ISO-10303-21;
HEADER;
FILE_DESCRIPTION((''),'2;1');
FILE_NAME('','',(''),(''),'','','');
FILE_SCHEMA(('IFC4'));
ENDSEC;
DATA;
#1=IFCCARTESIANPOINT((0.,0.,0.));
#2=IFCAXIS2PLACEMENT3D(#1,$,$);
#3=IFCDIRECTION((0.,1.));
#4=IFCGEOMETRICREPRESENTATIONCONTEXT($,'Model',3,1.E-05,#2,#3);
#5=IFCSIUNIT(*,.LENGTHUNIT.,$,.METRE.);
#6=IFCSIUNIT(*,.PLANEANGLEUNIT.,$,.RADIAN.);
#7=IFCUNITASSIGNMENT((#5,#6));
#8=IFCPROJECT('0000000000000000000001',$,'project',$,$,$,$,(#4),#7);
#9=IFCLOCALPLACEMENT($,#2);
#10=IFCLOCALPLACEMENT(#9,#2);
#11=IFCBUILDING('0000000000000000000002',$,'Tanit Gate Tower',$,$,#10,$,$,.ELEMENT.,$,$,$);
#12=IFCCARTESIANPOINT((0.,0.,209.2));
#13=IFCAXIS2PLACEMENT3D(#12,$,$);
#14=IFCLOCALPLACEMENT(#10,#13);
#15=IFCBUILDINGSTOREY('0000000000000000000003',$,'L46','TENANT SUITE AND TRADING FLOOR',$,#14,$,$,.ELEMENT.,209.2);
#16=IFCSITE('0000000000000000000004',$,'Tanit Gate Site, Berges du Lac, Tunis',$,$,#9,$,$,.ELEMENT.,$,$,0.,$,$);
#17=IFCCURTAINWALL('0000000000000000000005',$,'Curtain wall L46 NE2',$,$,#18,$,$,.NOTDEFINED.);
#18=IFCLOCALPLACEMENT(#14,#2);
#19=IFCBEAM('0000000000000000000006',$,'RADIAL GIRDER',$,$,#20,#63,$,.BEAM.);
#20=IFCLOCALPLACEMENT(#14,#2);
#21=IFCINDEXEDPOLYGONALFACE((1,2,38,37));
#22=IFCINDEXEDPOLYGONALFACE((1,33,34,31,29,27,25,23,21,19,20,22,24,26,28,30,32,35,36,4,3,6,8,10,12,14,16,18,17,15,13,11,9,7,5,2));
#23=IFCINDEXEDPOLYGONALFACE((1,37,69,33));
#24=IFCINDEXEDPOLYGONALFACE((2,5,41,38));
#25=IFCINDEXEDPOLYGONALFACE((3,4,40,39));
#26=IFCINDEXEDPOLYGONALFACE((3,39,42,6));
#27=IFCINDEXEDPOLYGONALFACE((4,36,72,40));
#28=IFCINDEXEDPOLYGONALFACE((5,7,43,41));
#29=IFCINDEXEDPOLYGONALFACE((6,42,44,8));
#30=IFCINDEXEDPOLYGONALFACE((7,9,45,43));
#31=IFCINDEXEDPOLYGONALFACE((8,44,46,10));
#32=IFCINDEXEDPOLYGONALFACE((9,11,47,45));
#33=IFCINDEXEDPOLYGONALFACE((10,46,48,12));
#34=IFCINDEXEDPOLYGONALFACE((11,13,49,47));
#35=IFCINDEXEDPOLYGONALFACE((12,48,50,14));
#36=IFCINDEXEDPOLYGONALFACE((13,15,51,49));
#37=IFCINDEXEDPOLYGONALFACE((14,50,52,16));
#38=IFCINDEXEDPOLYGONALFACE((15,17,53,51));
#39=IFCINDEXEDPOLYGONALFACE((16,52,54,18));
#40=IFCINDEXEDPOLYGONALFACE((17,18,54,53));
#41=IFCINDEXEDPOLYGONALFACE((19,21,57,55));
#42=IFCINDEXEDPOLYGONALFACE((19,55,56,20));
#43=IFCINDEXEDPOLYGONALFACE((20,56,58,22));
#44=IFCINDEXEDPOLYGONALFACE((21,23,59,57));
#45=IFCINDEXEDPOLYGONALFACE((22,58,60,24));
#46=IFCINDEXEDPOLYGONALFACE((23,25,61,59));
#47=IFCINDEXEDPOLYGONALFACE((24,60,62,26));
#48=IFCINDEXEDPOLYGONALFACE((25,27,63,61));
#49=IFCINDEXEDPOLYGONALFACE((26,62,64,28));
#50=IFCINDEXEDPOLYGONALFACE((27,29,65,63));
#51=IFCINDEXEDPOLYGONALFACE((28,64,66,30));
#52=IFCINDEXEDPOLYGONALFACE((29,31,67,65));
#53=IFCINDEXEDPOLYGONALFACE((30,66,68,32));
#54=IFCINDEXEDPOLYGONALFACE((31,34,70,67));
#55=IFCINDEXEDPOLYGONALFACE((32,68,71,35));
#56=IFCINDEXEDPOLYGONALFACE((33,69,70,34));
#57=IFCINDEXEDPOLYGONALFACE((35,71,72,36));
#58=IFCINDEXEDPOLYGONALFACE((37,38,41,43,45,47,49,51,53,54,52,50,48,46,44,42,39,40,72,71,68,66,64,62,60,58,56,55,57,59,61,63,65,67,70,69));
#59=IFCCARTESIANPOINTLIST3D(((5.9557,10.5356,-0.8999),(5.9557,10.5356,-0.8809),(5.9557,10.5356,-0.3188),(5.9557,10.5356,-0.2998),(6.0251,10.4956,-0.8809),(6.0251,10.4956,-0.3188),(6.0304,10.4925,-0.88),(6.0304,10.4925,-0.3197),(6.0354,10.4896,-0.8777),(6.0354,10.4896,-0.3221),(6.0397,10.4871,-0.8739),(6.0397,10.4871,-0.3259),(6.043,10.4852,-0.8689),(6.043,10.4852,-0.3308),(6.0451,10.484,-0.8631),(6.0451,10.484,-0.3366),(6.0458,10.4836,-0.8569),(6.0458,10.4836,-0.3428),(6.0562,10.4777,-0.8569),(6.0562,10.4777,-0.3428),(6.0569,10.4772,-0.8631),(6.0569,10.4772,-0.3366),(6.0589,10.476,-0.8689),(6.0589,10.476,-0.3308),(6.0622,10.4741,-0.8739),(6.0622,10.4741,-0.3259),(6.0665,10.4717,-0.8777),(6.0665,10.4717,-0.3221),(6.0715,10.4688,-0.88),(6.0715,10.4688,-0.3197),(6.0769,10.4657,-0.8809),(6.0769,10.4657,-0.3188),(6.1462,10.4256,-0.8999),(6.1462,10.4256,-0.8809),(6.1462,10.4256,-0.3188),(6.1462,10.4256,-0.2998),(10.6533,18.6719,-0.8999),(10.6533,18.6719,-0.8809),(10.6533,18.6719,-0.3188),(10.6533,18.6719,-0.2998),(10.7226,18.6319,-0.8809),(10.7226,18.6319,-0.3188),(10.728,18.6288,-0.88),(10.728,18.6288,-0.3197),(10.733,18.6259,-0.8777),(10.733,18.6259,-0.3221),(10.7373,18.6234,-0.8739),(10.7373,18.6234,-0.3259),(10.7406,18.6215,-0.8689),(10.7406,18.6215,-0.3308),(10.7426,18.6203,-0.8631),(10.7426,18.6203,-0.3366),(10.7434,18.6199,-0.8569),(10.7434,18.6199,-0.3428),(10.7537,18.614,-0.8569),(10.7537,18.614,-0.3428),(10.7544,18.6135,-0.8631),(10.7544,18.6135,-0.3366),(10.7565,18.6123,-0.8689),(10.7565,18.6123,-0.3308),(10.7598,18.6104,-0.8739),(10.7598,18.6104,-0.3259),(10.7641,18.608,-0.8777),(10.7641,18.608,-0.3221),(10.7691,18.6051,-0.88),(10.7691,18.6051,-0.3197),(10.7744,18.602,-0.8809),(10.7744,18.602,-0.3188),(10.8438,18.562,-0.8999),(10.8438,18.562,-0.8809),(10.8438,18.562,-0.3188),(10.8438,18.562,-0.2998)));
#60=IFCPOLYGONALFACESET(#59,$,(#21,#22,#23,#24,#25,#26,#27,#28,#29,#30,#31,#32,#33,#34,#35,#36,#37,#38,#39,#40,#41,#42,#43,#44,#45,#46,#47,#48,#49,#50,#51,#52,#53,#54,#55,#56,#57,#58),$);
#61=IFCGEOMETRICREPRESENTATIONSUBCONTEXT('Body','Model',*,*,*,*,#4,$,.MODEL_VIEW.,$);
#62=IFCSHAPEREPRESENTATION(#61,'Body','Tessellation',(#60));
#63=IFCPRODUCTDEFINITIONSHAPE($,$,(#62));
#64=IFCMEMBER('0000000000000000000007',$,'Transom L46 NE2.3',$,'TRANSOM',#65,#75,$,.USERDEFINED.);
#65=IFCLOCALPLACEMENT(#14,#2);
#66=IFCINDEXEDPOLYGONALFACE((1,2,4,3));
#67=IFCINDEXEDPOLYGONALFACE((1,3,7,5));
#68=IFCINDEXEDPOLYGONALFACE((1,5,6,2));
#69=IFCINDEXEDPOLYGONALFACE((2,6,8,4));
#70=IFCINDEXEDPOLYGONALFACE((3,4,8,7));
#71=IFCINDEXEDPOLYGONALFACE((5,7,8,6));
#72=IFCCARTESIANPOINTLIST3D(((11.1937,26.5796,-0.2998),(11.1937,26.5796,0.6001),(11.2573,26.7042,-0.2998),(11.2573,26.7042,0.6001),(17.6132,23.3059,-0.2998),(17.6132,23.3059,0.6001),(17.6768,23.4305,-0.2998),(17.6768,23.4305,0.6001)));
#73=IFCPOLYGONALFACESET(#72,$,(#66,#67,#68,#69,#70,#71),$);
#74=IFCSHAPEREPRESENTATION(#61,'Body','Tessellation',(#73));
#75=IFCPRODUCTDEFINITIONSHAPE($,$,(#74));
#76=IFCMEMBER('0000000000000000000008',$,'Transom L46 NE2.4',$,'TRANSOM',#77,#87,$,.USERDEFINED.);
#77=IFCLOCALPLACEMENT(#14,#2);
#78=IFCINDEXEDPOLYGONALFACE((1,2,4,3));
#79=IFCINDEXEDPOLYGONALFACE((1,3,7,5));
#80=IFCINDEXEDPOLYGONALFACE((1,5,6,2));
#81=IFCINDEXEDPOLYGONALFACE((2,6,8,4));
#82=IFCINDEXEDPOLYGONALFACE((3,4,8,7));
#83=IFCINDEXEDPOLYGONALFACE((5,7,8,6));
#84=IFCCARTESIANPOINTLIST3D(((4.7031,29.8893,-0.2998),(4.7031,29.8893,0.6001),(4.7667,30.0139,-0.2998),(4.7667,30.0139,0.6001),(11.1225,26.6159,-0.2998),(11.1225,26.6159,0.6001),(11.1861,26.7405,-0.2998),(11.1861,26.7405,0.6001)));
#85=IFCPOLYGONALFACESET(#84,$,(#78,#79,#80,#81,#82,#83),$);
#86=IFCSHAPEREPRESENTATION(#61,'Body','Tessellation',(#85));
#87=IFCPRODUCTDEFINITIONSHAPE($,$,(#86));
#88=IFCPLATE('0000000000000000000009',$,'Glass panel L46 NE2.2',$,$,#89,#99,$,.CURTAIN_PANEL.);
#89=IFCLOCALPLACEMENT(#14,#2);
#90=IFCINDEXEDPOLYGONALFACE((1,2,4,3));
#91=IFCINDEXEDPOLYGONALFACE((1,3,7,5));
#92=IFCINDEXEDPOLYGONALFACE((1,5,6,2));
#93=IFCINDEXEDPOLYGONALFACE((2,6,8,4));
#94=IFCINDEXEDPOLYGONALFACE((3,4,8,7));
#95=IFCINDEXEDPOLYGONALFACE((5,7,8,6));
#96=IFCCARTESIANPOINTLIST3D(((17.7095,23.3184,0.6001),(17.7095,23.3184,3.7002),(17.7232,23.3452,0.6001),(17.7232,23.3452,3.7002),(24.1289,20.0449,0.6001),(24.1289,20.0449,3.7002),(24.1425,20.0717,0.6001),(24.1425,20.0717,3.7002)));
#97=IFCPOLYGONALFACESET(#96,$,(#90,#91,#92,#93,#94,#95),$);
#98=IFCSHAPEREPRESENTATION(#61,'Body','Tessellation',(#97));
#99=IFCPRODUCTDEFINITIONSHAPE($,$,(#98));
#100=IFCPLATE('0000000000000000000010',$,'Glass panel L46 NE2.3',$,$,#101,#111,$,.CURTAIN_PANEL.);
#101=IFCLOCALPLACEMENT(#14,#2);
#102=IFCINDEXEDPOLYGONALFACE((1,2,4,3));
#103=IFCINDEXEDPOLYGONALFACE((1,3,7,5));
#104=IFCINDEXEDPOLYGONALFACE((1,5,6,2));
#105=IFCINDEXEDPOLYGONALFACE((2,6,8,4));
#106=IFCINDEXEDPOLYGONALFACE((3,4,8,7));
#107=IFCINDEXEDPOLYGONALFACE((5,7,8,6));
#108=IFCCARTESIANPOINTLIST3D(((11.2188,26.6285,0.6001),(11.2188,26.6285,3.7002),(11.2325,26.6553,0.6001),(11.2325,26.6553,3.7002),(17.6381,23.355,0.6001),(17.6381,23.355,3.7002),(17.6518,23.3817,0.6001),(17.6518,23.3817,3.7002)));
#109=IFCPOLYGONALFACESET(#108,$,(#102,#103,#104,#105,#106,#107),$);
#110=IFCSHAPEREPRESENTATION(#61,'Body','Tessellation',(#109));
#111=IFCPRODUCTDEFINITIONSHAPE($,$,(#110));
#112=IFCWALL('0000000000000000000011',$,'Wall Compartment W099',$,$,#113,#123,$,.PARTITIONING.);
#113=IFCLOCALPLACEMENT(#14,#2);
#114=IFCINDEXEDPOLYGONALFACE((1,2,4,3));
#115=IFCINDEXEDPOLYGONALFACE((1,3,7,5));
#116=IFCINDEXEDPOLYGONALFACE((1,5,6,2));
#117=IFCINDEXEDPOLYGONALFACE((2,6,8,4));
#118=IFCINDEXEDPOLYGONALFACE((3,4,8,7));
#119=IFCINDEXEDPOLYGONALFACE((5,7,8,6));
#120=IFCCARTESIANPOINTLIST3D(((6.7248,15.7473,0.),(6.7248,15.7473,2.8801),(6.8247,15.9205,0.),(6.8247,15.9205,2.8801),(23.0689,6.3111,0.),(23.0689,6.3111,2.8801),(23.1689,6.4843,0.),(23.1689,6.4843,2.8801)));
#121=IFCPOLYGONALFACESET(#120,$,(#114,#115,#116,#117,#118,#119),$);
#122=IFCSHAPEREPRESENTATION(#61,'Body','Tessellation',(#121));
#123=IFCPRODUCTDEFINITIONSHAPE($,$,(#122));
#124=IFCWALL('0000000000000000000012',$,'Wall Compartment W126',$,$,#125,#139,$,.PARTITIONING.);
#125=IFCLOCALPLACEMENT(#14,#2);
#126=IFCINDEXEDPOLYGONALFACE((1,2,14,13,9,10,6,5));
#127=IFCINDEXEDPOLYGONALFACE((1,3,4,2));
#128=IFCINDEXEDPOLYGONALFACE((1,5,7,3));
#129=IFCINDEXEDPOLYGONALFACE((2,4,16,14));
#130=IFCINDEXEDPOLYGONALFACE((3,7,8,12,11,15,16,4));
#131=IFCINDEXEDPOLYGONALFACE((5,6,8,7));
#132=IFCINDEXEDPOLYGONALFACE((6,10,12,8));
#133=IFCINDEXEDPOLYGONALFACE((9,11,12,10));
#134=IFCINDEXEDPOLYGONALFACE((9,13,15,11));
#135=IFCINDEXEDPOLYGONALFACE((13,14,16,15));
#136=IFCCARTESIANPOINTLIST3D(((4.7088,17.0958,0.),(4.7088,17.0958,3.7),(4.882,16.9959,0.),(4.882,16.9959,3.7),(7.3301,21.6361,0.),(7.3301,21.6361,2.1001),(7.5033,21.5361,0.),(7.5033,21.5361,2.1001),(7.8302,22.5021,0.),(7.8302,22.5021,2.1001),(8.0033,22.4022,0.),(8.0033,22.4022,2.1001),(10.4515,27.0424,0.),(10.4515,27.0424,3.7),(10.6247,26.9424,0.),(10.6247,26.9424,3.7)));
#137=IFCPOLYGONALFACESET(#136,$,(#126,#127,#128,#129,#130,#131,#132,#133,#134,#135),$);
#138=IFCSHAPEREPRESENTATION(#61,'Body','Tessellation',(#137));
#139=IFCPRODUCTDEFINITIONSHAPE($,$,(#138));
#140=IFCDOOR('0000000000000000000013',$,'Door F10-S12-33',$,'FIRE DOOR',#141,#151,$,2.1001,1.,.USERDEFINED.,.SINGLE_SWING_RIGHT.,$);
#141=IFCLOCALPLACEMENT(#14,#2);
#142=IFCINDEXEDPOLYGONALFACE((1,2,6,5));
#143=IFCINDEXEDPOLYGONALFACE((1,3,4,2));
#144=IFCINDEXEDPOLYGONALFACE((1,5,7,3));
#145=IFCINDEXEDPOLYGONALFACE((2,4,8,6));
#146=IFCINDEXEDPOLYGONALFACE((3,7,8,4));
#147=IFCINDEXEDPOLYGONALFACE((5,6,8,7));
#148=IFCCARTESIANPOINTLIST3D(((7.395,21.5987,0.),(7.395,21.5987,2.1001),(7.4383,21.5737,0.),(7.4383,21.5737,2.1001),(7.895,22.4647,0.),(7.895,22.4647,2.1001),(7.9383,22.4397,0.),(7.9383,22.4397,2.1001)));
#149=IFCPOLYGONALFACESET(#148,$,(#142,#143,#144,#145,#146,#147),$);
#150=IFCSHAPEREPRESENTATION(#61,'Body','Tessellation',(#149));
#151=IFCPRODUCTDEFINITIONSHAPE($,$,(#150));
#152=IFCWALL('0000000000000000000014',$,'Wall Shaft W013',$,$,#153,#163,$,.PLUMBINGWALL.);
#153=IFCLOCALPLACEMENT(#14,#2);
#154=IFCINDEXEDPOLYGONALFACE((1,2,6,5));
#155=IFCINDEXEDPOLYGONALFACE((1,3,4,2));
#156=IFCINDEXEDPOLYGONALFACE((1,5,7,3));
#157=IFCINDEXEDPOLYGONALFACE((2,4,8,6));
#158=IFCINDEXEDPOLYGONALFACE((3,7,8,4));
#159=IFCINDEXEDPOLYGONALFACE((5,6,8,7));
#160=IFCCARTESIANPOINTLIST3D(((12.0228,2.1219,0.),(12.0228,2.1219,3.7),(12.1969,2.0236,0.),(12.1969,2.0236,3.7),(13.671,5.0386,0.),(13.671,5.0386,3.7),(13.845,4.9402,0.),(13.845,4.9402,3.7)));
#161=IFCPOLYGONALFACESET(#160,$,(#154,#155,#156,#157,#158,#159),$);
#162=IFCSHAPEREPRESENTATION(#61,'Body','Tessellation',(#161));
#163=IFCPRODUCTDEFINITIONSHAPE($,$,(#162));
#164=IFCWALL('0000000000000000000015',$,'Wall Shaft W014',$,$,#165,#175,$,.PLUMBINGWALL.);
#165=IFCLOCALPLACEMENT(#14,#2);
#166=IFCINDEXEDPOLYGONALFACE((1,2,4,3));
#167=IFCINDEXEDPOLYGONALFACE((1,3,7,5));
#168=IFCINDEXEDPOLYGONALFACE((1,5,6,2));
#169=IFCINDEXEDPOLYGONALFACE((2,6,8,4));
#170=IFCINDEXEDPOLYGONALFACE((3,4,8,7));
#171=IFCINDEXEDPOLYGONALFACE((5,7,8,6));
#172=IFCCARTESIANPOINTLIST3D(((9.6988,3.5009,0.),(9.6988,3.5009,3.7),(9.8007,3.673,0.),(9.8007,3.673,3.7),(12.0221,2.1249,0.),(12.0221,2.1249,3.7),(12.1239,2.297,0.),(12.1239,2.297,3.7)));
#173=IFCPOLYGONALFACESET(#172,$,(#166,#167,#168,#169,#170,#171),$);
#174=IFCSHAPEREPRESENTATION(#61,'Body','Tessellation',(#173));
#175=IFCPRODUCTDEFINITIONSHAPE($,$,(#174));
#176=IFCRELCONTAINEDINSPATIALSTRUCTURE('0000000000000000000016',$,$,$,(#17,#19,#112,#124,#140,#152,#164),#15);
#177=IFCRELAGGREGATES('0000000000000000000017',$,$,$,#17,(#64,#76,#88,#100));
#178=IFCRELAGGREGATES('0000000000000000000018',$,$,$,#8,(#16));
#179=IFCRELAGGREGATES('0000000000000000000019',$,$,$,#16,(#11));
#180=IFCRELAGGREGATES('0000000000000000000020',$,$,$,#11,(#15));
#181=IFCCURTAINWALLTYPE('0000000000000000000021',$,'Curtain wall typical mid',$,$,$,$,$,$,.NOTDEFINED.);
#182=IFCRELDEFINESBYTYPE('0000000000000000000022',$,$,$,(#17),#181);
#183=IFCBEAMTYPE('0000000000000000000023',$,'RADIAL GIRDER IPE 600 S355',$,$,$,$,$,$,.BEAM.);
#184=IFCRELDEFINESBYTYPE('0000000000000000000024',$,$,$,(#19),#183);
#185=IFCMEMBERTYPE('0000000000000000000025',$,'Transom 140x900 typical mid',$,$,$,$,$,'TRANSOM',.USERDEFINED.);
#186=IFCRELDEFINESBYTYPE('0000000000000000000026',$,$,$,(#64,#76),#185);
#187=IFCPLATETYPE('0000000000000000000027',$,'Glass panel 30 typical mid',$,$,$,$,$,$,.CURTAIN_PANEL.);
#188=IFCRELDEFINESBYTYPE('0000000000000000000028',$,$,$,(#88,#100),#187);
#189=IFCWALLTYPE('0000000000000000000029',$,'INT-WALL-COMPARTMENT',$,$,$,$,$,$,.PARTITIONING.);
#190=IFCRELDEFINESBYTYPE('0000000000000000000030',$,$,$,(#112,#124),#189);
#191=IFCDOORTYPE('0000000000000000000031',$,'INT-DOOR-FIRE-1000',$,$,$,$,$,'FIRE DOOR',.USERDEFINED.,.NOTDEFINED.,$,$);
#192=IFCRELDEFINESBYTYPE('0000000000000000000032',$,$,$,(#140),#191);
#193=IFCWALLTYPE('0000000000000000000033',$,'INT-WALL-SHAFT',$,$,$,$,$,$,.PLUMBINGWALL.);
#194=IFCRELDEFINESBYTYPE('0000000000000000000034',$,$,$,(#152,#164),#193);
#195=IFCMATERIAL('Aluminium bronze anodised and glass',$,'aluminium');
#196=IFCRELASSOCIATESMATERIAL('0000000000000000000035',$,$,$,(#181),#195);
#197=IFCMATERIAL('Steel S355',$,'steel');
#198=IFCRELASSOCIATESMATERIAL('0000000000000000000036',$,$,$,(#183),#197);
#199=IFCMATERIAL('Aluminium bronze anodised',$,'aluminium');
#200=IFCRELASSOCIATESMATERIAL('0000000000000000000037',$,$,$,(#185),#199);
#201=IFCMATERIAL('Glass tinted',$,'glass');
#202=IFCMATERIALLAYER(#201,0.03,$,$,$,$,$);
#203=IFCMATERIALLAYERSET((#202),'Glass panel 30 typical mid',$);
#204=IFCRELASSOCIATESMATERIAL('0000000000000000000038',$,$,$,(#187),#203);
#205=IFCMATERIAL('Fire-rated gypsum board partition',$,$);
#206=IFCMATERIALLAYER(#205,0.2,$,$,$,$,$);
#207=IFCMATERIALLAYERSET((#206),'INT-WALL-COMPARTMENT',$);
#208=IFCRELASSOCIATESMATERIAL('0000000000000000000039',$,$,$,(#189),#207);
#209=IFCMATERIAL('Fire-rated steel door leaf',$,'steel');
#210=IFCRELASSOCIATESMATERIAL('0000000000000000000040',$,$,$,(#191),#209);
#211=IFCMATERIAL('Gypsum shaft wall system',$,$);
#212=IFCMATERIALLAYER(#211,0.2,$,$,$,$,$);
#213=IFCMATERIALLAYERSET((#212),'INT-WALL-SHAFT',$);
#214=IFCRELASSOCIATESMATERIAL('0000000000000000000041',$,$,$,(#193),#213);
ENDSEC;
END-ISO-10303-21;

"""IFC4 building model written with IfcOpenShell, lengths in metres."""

from ifc_helpers import new_model, si_unit, direction, frame, frame_2d, origin, origin_2d, place, context, subcontext, project, spatial, rectangle, i_section, extrude, material, layer, layer_set, material_profile, profile_set, type_object, element, fill, aggregate, save


model = new_model("IFC4")

# Units and contexts
model_context = context("Model", 3, precision=1e-05, world=origin(), true_north=direction((0.0, 1.0)))
body_context = subcontext(model_context, "Body", "Model", "MODEL_VIEW")
ifc_project = project(units=[si_unit("LENGTHUNIT", "METRE"), si_unit("PLANEANGLEUNIT", "RADIAN")], contexts=[model_context])

# Site, building, storey
site_placement = place(None, origin())
site = spatial("IfcSite", under=ifc_project, at=site_placement, Name="Tanit Gate Site, Berges du Lac, Tunis", CompositionType="ELEMENT", RefElevation=0.0)
building_placement = place(site_placement, origin())
building = spatial("IfcBuilding", under=site, at=building_placement, Name="Tanit Gate Tower", CompositionType="ELEMENT")
storey_placement = place(building_placement, frame((0.0, 0.0, 209.2)))
storey = spatial("IfcBuildingStorey", under=building, at=storey_placement, Name="L46", Description="TENANT SUITE AND TRADING FLOOR", CompositionType="ELEMENT", Elevation=209.2)

# Curtain wall
ifc_material_1 = material(Name="Aluminium bronze anodised and glass", Category="aluminium")
curtain_wall_type = type_object("IfcCurtainWallType", Name="Curtain wall typical mid", PredefinedType="NOTDEFINED", material=ifc_material_1)
curtain_wall_placement = place(storey_placement, origin())
curtain_wall = element("IfcCurtainWall", 1, at=curtain_wall_placement, inside=storey, type_object=curtain_wall_type, Name="Curtain wall L46 NE2", PredefinedType="NOTDEFINED")

# Beam
ifc_material_2 = material(Name="Steel S355", Category="steel")
ifc_material_profile_1 = material_profile(ifc_material_2, i_section(OverallWidth=0.22, OverallDepth=0.6001, WebThickness=0.012, FlangeThickness=0.019, FilletRadius=0.0239, at=origin_2d()), Name="IPE 600")
ifc_profile_set_1 = profile_set([ifc_material_profile_1], Name="Steel S355")
beam_type_1 = type_object("IfcBeamType", Name="RADIAL GIRDER IPE 600 S355", PredefinedType="BEAM", material=ifc_profile_set_1)
beam_1_placement = place(storey_placement, frame((10.7485, 18.6169, -0.5999), z_axis=(-0.500004, -0.866023, 0.0), x_axis=(0.866023, -0.500004, 0.0)))
element("IfcBeam", 2, at=beam_1_placement, inside=storey, type_object=beam_type_1, Name="RADIAL GIRDER", PredefinedType="BEAM", context=body_context, shape_type="SweptSolid", body=[
    extrude(i_section(OverallWidth=0.22, OverallDepth=0.6001, WebThickness=0.012, FlangeThickness=0.019, FilletRadius=0.0239, at=origin_2d()), origin(), (0.0, 0.0, 1.0), 9.395),
])

# Members
ifc_material_3 = material(Name="Aluminium bronze anodised", Category="aluminium")
ifc_material_profile_2 = material_profile(ifc_material_3, rectangle(XDim=0.1399, YDim=0.8999, at=origin_2d()), Name="140x900 bronze transom")
ifc_profile_set_2 = profile_set([ifc_material_profile_2], Name="Aluminium bronze anodised")
member_type_1 = type_object("IfcMemberType", Name="Transom 140x900 typical mid", ElementType="TRANSOM", PredefinedType="USERDEFINED", material=ifc_profile_set_2)
member_1_placement = place(storey_placement, frame((17.645, 23.3682, 0.1501), z_axis=(-0.890848, 0.454301, 0.0), x_axis=(-0.454301, -0.890848, 0.0)))
member_1 = element("IfcMember", 3, at=member_1_placement, type_object=member_type_1, Name="Transom L46 NE2.3", ObjectType="TRANSOM", PredefinedType="USERDEFINED", context=body_context, shape_type="SweptSolid", body=[
    extrude(rectangle(XDim=0.1399, YDim=0.8999, at=origin_2d()), origin(), (0.0, 0.0, 1.0), 7.2061),
])
member_2_placement = place(storey_placement, frame((11.1543, 26.6782, 0.1501), z_axis=(-0.890862, 0.454274, 0.0), x_axis=(-0.454274, -0.890862, 0.0)))
member_2 = element("IfcMember", 4, at=member_2_placement, type_object=member_type_1, Name="Transom L46 NE2.4", ObjectType="TRANSOM", PredefinedType="USERDEFINED", context=body_context, shape_type="SweptSolid", body=[
    extrude(rectangle(XDim=0.1399, YDim=0.8999, at=origin_2d()), origin(), (0.0, 0.0, 1.0), 7.2058),
])

# Plates
ifc_material_4 = material(Name="Glass tinted", Category="glass")
ifc_layer_1 = layer(ifc_material_4, 0.03)
ifc_layer_set_1 = layer_set([ifc_layer_1], Name="Glass panel 30 typical mid")
plate_type = type_object("IfcPlateType", Name="Glass panel 30 typical mid", PredefinedType="CURTAIN_PANEL", material=ifc_layer_set_1)
plate_1_placement = place(storey_placement, frame((20.926, 21.6951, 0.6001), z_axis=(0.0, 0.0, 1.0), x_axis=(-0.890855, 0.454288, 0.0)))
plate_1 = element("IfcPlate", 5, at=plate_1_placement, type_object=plate_type, Name="Glass panel L46 NE2.2", PredefinedType="CURTAIN_PANEL", context=body_context, shape_type="SweptSolid", body=[
    extrude(rectangle(XDim=7.2058, YDim=0.03, at=origin_2d()), origin(), (0.0, 0.0, 1.0), 3.1001),
])
plate_2_placement = place(storey_placement, frame((14.4353, 25.0051, 0.6001), z_axis=(0.0, 0.0, 1.0), x_axis=(-0.890855, 0.454288, 0.0)))
plate_2 = element("IfcPlate", 6, at=plate_2_placement, type_object=plate_type, Name="Glass panel L46 NE2.3", PredefinedType="CURTAIN_PANEL", context=body_context, shape_type="SweptSolid", body=[
    extrude(rectangle(XDim=7.2058, YDim=0.03, at=origin_2d()), origin(), (0.0, 0.0, 1.0), 3.1001),
])
aggregate(curtain_wall, [member_1, member_2, plate_1, plate_2])

# Wall
ifc_material_5 = material(Name="Fire-rated gypsum board partition")
ifc_layer_2 = layer(ifc_material_5, 0.2)
ifc_layer_set_2 = layer_set([ifc_layer_2], Name="INT-WALL-COMPARTMENT")
wall_type_1 = type_object("IfcWallType", Name="INT-WALL-COMPARTMENT", PredefinedType="PARTITIONING", material=ifc_layer_set_2)
wall_1_placement = place(storey_placement, frame((23.1189, 6.3977, 0.0), z_axis=(0.0, 0.0, 1.0), x_axis=(-0.866027, 0.499997, 0.0)))
element("IfcWall", 7, at=wall_1_placement, inside=storey, type_object=wall_type_1, Name="Wall Compartment W099", PredefinedType="PARTITIONING", context=body_context, shape_type="SweptSolid", body=[
    extrude(rectangle(XDim=18.8726, YDim=0.2, at=frame_2d((9.4363, 0.0))), origin(), (0.0, 0.0, 1.0), 2.8801),
])

# Wall, opening, door
wall_2_placement = place(storey_placement, frame((10.5381, 26.9924, 0.0), z_axis=(0.0, 0.0, 1.0), x_axis=(-0.500003, -0.866024, 0.0)))
wall_2 = element("IfcWall", 8, at=wall_2_placement, inside=storey, type_object=wall_type_1, Name="Wall Compartment W126", PredefinedType="PARTITIONING", context=body_context, shape_type="SweptSolid", body=[
    extrude(rectangle(XDim=11.4854, YDim=0.2, at=frame_2d((5.7427, 0.0))), origin(), (0.0, 0.0, 1.0), 3.7),
])
opening_1_placement = place(wall_2_placement, frame((5.2427, 0.0, 0.0)))
opening_1 = element("IfcOpeningElement", 9, at=opening_1_placement, cuts=wall_2, PredefinedType="OPENING", context=body_context, shape_type="SweptSolid", body=[
    extrude(rectangle(XDim=1.0, YDim=2.1001, at=frame_2d((0.5, 1.05))), frame((0.0, 0.1099, 0.0), z_axis=(0.0, -1.0, 0.0), x_axis=(1.0, 0.0, 0.0)), (0.0, 0.0, 1.0), 0.22),
])
ifc_material_6 = material(Name="Fire-rated steel door leaf", Category="steel")
door_type_1 = type_object("IfcDoorType", Name="INT-DOOR-FIRE-1000", ElementType="FIRE DOOR", OperationType="NOTDEFINED", PredefinedType="USERDEFINED", material=ifc_material_6)
door_1_placement = place(opening_1_placement, origin())
door_1 = element("IfcDoor", 10, at=door_1_placement, inside=storey, type_object=door_type_1, Name="Door F10-S12-33", ObjectType="FIRE DOOR", OperationType="SINGLE_SWING_RIGHT", OverallHeight=2.1001, OverallWidth=1.0, PredefinedType="USERDEFINED", context=body_context, shape_type="SweptSolid", body=[
    extrude(rectangle(XDim=1.0, YDim=2.1001, at=frame_2d((0.5, 1.05))), frame((0.0, 0.0249, 0.0), z_axis=(0.0, -1.0, 0.0), x_axis=(1.0, 0.0, 0.0)), (0.0, 0.0, 1.0), 0.05),
])
fill(opening_1, door_1)

# Walls
ifc_material_7 = material(Name="Gypsum shaft wall system")
ifc_layer_3 = layer(ifc_material_7, 0.2)
ifc_layer_set_3 = layer_set([ifc_layer_3], Name="INT-WALL-SHAFT")
wall_type_2 = type_object("IfcWallType", Name="INT-WALL-SHAFT", PredefinedType="PLUMBINGWALL", material=ifc_layer_set_3)
wall_3_placement = place(storey_placement, frame((12.1099, 2.0728, 0.0), z_axis=(0.0, 0.0, 1.0), x_axis=(0.491966, 0.870614, 0.0)))
element("IfcWall", 11, at=wall_3_placement, inside=storey, type_object=wall_type_2, Name="Wall Shaft W013", PredefinedType="PLUMBINGWALL", context=body_context, shape_type="SweptSolid", body=[
    extrude(rectangle(XDim=3.3501, YDim=0.2, at=frame_2d((1.675, 0.0))), origin(), (0.0, 0.0, 1.0), 3.7),
])
wall_4_placement = place(storey_placement, frame((12.073, 2.2109, 0.0), z_axis=(0.0, 0.0, 1.0), x_axis=(-0.860415, 0.509594, 0.0)))
element("IfcWall", 12, at=wall_4_placement, inside=storey, type_object=wall_type_2, Name="Wall Shaft W014", PredefinedType="PLUMBINGWALL", context=body_context, shape_type="SweptSolid", body=[
    extrude(rectangle(XDim=2.7002, YDim=0.2, at=frame_2d((1.3501, 0.0))), origin(), (0.0, 0.0, 1.0), 3.7),
])

save(model, "model.ifc")
